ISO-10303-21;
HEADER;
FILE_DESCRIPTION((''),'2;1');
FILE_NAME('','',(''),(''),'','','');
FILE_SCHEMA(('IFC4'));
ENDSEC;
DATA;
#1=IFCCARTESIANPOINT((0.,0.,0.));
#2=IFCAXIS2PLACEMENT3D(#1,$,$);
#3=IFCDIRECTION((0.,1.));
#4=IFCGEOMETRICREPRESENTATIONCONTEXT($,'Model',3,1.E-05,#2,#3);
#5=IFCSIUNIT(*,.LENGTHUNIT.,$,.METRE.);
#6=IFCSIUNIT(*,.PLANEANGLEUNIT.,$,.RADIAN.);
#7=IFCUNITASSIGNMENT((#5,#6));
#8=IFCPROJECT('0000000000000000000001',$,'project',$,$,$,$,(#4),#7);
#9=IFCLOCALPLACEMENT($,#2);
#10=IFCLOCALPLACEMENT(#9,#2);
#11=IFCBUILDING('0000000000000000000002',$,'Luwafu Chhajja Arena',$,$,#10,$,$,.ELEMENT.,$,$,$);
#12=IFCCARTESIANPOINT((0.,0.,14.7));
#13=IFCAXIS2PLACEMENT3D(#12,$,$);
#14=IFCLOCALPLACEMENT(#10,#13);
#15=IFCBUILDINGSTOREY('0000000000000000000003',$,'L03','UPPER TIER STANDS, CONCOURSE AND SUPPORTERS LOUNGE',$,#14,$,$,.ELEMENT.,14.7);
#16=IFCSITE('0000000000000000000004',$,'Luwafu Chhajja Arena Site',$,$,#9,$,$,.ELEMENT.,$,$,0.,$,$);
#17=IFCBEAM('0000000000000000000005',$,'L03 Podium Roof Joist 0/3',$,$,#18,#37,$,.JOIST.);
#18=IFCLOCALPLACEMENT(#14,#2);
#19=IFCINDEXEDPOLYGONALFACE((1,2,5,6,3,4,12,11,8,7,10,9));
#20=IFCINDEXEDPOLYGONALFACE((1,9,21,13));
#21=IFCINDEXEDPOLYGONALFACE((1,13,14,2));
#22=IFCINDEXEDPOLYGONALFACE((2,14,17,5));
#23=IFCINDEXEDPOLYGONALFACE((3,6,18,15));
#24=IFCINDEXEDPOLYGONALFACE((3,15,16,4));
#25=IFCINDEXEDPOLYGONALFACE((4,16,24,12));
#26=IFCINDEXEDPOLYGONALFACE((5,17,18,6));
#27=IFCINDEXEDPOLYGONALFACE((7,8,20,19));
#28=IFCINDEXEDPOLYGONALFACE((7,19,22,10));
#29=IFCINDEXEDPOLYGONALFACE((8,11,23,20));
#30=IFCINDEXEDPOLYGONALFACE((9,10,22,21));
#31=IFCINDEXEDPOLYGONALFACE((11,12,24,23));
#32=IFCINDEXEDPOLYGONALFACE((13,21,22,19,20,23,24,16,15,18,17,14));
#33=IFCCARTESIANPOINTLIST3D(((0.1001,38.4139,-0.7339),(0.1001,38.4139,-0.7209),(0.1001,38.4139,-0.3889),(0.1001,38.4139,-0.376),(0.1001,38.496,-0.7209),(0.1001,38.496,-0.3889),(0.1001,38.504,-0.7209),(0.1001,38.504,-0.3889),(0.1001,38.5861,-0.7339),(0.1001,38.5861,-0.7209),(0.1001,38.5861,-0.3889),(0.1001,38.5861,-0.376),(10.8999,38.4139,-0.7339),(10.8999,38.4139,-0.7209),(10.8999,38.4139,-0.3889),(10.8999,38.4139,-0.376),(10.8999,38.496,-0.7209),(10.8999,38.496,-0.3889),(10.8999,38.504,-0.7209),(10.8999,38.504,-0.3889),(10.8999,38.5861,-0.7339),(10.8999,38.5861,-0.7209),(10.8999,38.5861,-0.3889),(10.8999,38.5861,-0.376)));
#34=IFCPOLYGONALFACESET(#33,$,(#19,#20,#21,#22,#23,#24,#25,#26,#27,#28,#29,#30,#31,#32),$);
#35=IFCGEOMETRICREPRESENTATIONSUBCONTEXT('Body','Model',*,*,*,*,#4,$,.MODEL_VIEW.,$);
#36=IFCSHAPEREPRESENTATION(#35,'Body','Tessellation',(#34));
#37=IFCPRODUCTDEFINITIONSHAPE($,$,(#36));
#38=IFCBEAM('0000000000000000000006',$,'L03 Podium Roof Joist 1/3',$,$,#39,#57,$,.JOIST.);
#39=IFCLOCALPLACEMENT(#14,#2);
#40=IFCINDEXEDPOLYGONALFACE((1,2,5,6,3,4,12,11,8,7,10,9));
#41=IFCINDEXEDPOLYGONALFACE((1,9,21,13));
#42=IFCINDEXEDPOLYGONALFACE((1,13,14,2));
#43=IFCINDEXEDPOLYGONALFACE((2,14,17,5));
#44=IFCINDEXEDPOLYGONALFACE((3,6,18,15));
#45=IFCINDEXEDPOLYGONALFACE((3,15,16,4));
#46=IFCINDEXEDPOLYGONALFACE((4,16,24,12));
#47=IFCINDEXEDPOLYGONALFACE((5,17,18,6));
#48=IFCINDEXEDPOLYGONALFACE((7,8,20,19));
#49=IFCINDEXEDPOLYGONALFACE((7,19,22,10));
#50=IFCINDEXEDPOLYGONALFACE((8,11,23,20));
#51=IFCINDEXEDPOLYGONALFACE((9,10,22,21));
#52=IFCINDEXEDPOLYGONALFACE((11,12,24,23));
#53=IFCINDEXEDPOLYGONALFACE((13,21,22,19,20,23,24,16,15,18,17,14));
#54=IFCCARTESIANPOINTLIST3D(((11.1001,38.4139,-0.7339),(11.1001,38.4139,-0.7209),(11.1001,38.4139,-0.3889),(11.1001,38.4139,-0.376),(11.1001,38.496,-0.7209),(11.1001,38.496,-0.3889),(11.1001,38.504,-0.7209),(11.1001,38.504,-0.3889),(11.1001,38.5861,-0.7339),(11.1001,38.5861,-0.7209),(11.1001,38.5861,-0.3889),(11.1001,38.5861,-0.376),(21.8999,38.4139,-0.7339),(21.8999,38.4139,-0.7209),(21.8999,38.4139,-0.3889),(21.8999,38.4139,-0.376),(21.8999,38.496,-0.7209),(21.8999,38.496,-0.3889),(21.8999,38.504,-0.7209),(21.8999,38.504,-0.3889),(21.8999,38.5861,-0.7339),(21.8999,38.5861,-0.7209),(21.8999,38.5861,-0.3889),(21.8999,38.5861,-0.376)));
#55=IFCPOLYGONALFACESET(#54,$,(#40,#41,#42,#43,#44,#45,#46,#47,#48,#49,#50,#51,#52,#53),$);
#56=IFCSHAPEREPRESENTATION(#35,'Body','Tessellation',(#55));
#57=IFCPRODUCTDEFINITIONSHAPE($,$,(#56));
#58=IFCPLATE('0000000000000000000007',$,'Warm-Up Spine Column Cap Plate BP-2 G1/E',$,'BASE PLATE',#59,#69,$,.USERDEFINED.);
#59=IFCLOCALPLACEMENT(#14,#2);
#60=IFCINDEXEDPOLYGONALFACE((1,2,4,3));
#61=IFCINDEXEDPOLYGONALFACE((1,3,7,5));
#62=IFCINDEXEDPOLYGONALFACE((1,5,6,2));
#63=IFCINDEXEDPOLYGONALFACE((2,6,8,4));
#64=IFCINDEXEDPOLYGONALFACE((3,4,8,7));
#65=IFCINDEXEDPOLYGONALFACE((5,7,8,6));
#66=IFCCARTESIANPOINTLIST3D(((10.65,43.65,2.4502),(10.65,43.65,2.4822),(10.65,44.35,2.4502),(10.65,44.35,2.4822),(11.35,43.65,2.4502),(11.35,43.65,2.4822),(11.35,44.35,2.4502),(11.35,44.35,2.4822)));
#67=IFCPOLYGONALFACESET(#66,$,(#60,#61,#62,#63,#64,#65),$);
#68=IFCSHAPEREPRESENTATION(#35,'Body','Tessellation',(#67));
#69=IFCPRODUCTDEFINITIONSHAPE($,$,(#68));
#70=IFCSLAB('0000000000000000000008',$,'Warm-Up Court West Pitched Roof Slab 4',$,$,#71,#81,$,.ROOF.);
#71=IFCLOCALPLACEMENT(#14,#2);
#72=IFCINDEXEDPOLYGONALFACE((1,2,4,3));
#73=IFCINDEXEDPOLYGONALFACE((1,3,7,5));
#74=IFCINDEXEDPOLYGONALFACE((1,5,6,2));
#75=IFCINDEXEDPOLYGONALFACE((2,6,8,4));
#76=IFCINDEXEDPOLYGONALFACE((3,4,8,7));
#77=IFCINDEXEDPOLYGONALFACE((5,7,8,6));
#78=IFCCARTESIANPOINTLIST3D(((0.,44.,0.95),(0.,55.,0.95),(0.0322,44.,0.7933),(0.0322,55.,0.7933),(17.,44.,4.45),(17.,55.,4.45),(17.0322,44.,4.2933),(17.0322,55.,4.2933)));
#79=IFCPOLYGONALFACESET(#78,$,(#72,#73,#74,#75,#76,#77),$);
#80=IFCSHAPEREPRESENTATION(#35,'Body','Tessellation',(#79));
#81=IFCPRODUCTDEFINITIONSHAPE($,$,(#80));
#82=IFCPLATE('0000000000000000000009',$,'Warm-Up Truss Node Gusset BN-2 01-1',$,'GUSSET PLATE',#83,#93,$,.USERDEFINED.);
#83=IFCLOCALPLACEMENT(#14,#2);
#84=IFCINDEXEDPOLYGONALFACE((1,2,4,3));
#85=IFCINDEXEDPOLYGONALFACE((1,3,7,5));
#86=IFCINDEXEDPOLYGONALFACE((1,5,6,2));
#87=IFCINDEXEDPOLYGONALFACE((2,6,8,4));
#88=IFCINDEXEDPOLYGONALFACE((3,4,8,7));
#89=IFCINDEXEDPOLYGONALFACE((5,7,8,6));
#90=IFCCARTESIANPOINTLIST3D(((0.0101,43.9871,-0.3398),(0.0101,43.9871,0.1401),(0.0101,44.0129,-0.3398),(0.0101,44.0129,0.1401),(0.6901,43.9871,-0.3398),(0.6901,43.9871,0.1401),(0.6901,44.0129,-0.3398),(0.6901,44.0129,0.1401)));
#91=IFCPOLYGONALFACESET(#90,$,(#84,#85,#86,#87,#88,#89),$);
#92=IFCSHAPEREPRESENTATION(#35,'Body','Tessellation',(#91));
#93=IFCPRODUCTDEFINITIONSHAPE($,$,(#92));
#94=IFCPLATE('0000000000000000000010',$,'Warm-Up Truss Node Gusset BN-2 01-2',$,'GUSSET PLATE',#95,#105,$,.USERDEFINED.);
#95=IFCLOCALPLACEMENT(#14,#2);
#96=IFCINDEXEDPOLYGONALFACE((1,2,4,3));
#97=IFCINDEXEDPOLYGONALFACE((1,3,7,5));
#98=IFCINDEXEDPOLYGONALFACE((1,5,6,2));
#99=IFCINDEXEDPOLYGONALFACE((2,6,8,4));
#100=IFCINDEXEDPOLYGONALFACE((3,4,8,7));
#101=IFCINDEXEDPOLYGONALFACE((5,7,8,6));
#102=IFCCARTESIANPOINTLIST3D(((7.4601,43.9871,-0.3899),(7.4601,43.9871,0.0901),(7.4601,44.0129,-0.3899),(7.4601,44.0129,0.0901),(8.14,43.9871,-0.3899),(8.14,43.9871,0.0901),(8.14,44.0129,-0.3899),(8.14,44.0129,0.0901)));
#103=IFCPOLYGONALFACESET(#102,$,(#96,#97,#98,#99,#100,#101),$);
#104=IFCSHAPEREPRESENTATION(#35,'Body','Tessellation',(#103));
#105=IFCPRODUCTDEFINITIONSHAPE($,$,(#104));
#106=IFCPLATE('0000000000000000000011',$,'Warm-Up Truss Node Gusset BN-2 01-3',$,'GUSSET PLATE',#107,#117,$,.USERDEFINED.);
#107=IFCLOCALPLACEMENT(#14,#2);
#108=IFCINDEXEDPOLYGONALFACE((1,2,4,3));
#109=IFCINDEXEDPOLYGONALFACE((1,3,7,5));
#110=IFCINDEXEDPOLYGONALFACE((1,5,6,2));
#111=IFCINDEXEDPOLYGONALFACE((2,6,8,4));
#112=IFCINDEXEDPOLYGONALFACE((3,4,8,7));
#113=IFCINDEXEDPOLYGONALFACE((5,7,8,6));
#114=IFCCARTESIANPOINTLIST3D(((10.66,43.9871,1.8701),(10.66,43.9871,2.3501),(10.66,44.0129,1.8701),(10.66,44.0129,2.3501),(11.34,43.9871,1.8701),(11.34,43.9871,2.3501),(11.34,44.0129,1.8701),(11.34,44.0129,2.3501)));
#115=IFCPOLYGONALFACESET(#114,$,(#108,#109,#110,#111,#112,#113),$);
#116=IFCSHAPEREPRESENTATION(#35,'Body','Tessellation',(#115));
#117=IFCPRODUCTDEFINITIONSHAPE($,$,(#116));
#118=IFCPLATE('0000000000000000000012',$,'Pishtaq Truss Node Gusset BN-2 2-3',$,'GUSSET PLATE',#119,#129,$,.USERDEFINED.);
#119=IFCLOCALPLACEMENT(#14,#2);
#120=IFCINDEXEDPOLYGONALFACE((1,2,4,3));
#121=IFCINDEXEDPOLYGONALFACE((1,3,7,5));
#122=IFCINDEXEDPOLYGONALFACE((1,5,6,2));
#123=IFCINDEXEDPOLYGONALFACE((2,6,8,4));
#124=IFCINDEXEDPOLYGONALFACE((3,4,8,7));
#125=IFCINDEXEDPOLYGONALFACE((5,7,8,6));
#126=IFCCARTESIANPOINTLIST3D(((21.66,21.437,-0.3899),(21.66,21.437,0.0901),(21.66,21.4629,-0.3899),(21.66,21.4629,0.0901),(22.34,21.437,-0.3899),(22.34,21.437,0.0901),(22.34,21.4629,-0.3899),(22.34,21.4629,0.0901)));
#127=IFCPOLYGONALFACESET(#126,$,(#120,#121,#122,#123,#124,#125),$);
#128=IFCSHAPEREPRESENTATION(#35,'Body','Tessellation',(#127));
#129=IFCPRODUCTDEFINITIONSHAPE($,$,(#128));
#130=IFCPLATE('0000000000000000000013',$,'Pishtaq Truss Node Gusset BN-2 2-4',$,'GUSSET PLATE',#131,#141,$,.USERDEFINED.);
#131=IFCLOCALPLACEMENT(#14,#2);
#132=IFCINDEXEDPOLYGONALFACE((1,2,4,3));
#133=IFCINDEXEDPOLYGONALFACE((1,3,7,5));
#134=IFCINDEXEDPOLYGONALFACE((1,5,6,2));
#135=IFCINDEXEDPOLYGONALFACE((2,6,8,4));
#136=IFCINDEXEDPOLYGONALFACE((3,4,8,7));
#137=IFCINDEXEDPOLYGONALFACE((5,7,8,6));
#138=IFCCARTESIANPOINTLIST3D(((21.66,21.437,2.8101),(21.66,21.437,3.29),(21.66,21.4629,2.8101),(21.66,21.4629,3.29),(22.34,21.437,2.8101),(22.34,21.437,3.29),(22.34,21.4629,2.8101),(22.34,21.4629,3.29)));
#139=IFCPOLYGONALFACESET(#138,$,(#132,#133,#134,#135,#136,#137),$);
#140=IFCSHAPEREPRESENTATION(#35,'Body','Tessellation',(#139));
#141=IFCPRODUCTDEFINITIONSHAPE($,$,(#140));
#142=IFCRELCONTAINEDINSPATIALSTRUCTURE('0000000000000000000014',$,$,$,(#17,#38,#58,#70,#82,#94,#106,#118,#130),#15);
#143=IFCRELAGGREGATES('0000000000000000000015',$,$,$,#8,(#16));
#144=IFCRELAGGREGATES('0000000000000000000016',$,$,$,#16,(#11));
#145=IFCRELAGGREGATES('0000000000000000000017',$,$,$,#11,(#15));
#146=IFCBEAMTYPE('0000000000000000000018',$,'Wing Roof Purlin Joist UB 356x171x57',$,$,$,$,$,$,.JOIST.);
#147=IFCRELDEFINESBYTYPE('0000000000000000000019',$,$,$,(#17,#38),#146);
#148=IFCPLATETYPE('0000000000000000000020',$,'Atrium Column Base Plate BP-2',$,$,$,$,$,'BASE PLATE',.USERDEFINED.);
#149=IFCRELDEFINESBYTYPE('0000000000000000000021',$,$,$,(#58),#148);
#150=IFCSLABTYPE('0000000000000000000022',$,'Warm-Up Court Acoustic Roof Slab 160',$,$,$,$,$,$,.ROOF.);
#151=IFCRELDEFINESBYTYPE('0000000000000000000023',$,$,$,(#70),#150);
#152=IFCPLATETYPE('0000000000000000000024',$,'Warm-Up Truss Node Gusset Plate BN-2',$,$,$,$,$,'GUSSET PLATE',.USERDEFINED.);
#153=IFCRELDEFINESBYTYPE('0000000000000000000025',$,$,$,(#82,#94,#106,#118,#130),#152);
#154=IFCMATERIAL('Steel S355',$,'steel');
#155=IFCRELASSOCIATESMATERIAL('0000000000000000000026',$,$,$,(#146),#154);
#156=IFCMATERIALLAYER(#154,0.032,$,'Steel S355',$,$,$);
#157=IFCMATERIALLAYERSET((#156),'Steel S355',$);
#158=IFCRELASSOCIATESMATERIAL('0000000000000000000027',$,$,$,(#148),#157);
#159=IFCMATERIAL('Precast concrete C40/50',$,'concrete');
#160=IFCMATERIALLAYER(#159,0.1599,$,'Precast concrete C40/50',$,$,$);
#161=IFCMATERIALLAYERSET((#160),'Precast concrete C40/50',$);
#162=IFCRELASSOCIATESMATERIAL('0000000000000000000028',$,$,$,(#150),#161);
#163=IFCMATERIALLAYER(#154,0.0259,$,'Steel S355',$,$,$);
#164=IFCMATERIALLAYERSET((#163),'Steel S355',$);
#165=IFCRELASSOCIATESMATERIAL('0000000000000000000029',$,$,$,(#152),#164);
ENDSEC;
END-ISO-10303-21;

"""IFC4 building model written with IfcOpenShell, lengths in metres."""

from ifc_helpers import new_model, si_unit, direction, frame, origin, origin_2d, place, context, subcontext, project, spatial, polyline, rectangle, i_section, outline, extrude, material, layer, layer_set, material_profile, profile_set, type_object, element, save


model = new_model("IFC4")

# Units and contexts
model_context = context("Model", 3, precision=1e-05, world=origin(), true_north=direction((0.0, 1.0)))
body_context = subcontext(model_context, "Body", "Model", "MODEL_VIEW")
ifc_project = project(units=[si_unit("LENGTHUNIT", "METRE"), si_unit("PLANEANGLEUNIT", "RADIAN")], contexts=[model_context])

# Site, building, storey
site_placement = place(None, origin())
site = spatial("IfcSite", under=ifc_project, at=site_placement, Name="Luwafu Chhajja Arena Site", CompositionType="ELEMENT", RefElevation=0.0)
building_placement = place(site_placement, origin())
building = spatial("IfcBuilding", under=site, at=building_placement, Name="Luwafu Chhajja Arena", CompositionType="ELEMENT")
storey_placement = place(building_placement, frame((0.0, 0.0, 14.7)))
storey = spatial("IfcBuildingStorey", under=building, at=storey_placement, Name="L03", Description="UPPER TIER STANDS, CONCOURSE AND SUPPORTERS LOUNGE", CompositionType="ELEMENT", Elevation=14.7)

# Shared definitions
ifc_material_1 = material(Name="Steel S355", Category="steel")

# Beams
ifc_material_profile_1 = material_profile(ifc_material_1, i_section(OverallWidth=0.1721, OverallDepth=0.3579, WebThickness=0.0081, FlangeThickness=0.0129, at=origin_2d()), Name="UB 356x171x57")
ifc_profile_set_1 = profile_set([ifc_material_profile_1], Name="Steel S355")
beam_type_1 = type_object("IfcBeamType", Name="Wing Roof Purlin Joist UB 356x171x57", PredefinedType="JOIST", material=ifc_profile_set_1)
for number, where, z_axis, x_axis, name in (
    (1, (0.1001, 38.5, -0.5549), (1.0, 0.0, 0.0), (0.0, 1.0, 0.0), "L03 Podium Roof Joist 0/3"),
    (2, (11.1001, 38.5, -0.5549), (1.0, 0.0, 0.0), (0.0, 1.0, 0.0), "L03 Podium Roof Joist 1/3"),
):
    element("IfcBeam", number, at=place(storey_placement, frame(where, z_axis=z_axis, x_axis=x_axis)), inside=storey, type_object=beam_type_1, Name=name, PredefinedType="JOIST", context=body_context, shape_type="SweptSolid", body=[
        extrude(i_section(OverallWidth=0.1721, OverallDepth=0.3579, WebThickness=0.0081, FlangeThickness=0.0129, at=origin_2d()), origin(), (0.0, 0.0, 1.0), 10.7998),
    ])

# Plate
ifc_layer_1 = layer(ifc_material_1, 0.032, Name="Steel S355")
ifc_layer_set_1 = layer_set([ifc_layer_1], Name="Steel S355")
plate_type_1 = type_object("IfcPlateType", Name="Atrium Column Base Plate BP-2", ElementType="BASE PLATE", PredefinedType="USERDEFINED", material=ifc_layer_set_1)
plate_placement = place(storey_placement, frame((11.0, 44.0, 2.4502), z_axis=(0.0, 0.0, 1.0), x_axis=(1.0, 0.0, 0.0)))
element("IfcPlate", 3, at=plate_placement, inside=storey, type_object=plate_type_1, Name="Warm-Up Spine Column Cap Plate BP-2 G1/E", ObjectType="BASE PLATE", PredefinedType="USERDEFINED", context=body_context, shape_type="SweptSolid", body=[
    extrude(rectangle(XDim=0.7, YDim=0.7, at=origin_2d()), origin(), (0.0, 0.0, 1.0), 0.032),
])

# Slab
ifc_material_2 = material(Name="Precast concrete C40/50", Category="concrete")
ifc_layer_2 = layer(ifc_material_2, 0.1599, Name="Precast concrete C40/50")
ifc_layer_set_2 = layer_set([ifc_layer_2], Name="Precast concrete C40/50")
slab_type = type_object("IfcSlabType", Name="Warm-Up Court Acoustic Roof Slab 160", PredefinedType="ROOF", material=ifc_layer_set_2)
slab_placement = place(storey_placement, frame((0.0, 44.0, 0.95), z_axis=(-0.201653, 0.0, 0.979457), x_axis=(0.979457, 0.0, 0.201653)))
element("IfcSlab", 4, at=slab_placement, inside=storey, type_object=slab_type, Name="Warm-Up Court West Pitched Roof Slab 4", PredefinedType="ROOF", context=body_context, shape_type="SweptSolid", body=[
    extrude(outline(polyline([(0.0, 0.0), (17.3566, 0.0), (17.3566, 11.0), (0.0, 11.0), (0.0, 0.0)])), origin(), (0.0, 0.0, -1.0), 0.1599),
])

# Plates
ifc_layer_3 = layer(ifc_material_1, 0.0259, Name="Steel S355")
ifc_layer_set_3 = layer_set([ifc_layer_3], Name="Steel S355")
plate_type_2 = type_object("IfcPlateType", Name="Warm-Up Truss Node Gusset Plate BN-2", ElementType="GUSSET PLATE", PredefinedType="USERDEFINED", material=ifc_layer_set_3)
for number, where, z_axis, x_axis, name in (
    (5, (0.3501, 44.0, -0.3398), (0.0, 0.0, 1.0), (1.0, 0.0, 0.0), "Warm-Up Truss Node Gusset BN-2 01-1"),
    (6, (7.8, 44.0, -0.3899), (0.0, 0.0, 1.0), (1.0, 0.0, 0.0), "Warm-Up Truss Node Gusset BN-2 01-2"),
    (7, (11.0, 44.0, 1.8701), (0.0, 0.0, 1.0), (1.0, 0.0, 0.0), "Warm-Up Truss Node Gusset BN-2 01-3"),
    (8, (22.0, 21.45, -0.3899), (0.0, 0.0, 1.0), (1.0, 0.0, 0.0), "Pishtaq Truss Node Gusset BN-2 2-3"),
    (9, (22.0, 21.45, 2.8101), (0.0, 0.0, 1.0), (1.0, 0.0, 0.0), "Pishtaq Truss Node Gusset BN-2 2-4"),
):
    element("IfcPlate", number, at=place(storey_placement, frame(where, z_axis=z_axis, x_axis=x_axis)), inside=storey, type_object=plate_type_2, Name=name, ObjectType="GUSSET PLATE", PredefinedType="USERDEFINED", context=body_context, shape_type="SweptSolid", body=[
        extrude(rectangle(XDim=0.6799, YDim=0.0259, at=origin_2d()), origin(), (0.0, 0.0, 1.0), 0.48),
    ])

save(model, "model.ifc")
